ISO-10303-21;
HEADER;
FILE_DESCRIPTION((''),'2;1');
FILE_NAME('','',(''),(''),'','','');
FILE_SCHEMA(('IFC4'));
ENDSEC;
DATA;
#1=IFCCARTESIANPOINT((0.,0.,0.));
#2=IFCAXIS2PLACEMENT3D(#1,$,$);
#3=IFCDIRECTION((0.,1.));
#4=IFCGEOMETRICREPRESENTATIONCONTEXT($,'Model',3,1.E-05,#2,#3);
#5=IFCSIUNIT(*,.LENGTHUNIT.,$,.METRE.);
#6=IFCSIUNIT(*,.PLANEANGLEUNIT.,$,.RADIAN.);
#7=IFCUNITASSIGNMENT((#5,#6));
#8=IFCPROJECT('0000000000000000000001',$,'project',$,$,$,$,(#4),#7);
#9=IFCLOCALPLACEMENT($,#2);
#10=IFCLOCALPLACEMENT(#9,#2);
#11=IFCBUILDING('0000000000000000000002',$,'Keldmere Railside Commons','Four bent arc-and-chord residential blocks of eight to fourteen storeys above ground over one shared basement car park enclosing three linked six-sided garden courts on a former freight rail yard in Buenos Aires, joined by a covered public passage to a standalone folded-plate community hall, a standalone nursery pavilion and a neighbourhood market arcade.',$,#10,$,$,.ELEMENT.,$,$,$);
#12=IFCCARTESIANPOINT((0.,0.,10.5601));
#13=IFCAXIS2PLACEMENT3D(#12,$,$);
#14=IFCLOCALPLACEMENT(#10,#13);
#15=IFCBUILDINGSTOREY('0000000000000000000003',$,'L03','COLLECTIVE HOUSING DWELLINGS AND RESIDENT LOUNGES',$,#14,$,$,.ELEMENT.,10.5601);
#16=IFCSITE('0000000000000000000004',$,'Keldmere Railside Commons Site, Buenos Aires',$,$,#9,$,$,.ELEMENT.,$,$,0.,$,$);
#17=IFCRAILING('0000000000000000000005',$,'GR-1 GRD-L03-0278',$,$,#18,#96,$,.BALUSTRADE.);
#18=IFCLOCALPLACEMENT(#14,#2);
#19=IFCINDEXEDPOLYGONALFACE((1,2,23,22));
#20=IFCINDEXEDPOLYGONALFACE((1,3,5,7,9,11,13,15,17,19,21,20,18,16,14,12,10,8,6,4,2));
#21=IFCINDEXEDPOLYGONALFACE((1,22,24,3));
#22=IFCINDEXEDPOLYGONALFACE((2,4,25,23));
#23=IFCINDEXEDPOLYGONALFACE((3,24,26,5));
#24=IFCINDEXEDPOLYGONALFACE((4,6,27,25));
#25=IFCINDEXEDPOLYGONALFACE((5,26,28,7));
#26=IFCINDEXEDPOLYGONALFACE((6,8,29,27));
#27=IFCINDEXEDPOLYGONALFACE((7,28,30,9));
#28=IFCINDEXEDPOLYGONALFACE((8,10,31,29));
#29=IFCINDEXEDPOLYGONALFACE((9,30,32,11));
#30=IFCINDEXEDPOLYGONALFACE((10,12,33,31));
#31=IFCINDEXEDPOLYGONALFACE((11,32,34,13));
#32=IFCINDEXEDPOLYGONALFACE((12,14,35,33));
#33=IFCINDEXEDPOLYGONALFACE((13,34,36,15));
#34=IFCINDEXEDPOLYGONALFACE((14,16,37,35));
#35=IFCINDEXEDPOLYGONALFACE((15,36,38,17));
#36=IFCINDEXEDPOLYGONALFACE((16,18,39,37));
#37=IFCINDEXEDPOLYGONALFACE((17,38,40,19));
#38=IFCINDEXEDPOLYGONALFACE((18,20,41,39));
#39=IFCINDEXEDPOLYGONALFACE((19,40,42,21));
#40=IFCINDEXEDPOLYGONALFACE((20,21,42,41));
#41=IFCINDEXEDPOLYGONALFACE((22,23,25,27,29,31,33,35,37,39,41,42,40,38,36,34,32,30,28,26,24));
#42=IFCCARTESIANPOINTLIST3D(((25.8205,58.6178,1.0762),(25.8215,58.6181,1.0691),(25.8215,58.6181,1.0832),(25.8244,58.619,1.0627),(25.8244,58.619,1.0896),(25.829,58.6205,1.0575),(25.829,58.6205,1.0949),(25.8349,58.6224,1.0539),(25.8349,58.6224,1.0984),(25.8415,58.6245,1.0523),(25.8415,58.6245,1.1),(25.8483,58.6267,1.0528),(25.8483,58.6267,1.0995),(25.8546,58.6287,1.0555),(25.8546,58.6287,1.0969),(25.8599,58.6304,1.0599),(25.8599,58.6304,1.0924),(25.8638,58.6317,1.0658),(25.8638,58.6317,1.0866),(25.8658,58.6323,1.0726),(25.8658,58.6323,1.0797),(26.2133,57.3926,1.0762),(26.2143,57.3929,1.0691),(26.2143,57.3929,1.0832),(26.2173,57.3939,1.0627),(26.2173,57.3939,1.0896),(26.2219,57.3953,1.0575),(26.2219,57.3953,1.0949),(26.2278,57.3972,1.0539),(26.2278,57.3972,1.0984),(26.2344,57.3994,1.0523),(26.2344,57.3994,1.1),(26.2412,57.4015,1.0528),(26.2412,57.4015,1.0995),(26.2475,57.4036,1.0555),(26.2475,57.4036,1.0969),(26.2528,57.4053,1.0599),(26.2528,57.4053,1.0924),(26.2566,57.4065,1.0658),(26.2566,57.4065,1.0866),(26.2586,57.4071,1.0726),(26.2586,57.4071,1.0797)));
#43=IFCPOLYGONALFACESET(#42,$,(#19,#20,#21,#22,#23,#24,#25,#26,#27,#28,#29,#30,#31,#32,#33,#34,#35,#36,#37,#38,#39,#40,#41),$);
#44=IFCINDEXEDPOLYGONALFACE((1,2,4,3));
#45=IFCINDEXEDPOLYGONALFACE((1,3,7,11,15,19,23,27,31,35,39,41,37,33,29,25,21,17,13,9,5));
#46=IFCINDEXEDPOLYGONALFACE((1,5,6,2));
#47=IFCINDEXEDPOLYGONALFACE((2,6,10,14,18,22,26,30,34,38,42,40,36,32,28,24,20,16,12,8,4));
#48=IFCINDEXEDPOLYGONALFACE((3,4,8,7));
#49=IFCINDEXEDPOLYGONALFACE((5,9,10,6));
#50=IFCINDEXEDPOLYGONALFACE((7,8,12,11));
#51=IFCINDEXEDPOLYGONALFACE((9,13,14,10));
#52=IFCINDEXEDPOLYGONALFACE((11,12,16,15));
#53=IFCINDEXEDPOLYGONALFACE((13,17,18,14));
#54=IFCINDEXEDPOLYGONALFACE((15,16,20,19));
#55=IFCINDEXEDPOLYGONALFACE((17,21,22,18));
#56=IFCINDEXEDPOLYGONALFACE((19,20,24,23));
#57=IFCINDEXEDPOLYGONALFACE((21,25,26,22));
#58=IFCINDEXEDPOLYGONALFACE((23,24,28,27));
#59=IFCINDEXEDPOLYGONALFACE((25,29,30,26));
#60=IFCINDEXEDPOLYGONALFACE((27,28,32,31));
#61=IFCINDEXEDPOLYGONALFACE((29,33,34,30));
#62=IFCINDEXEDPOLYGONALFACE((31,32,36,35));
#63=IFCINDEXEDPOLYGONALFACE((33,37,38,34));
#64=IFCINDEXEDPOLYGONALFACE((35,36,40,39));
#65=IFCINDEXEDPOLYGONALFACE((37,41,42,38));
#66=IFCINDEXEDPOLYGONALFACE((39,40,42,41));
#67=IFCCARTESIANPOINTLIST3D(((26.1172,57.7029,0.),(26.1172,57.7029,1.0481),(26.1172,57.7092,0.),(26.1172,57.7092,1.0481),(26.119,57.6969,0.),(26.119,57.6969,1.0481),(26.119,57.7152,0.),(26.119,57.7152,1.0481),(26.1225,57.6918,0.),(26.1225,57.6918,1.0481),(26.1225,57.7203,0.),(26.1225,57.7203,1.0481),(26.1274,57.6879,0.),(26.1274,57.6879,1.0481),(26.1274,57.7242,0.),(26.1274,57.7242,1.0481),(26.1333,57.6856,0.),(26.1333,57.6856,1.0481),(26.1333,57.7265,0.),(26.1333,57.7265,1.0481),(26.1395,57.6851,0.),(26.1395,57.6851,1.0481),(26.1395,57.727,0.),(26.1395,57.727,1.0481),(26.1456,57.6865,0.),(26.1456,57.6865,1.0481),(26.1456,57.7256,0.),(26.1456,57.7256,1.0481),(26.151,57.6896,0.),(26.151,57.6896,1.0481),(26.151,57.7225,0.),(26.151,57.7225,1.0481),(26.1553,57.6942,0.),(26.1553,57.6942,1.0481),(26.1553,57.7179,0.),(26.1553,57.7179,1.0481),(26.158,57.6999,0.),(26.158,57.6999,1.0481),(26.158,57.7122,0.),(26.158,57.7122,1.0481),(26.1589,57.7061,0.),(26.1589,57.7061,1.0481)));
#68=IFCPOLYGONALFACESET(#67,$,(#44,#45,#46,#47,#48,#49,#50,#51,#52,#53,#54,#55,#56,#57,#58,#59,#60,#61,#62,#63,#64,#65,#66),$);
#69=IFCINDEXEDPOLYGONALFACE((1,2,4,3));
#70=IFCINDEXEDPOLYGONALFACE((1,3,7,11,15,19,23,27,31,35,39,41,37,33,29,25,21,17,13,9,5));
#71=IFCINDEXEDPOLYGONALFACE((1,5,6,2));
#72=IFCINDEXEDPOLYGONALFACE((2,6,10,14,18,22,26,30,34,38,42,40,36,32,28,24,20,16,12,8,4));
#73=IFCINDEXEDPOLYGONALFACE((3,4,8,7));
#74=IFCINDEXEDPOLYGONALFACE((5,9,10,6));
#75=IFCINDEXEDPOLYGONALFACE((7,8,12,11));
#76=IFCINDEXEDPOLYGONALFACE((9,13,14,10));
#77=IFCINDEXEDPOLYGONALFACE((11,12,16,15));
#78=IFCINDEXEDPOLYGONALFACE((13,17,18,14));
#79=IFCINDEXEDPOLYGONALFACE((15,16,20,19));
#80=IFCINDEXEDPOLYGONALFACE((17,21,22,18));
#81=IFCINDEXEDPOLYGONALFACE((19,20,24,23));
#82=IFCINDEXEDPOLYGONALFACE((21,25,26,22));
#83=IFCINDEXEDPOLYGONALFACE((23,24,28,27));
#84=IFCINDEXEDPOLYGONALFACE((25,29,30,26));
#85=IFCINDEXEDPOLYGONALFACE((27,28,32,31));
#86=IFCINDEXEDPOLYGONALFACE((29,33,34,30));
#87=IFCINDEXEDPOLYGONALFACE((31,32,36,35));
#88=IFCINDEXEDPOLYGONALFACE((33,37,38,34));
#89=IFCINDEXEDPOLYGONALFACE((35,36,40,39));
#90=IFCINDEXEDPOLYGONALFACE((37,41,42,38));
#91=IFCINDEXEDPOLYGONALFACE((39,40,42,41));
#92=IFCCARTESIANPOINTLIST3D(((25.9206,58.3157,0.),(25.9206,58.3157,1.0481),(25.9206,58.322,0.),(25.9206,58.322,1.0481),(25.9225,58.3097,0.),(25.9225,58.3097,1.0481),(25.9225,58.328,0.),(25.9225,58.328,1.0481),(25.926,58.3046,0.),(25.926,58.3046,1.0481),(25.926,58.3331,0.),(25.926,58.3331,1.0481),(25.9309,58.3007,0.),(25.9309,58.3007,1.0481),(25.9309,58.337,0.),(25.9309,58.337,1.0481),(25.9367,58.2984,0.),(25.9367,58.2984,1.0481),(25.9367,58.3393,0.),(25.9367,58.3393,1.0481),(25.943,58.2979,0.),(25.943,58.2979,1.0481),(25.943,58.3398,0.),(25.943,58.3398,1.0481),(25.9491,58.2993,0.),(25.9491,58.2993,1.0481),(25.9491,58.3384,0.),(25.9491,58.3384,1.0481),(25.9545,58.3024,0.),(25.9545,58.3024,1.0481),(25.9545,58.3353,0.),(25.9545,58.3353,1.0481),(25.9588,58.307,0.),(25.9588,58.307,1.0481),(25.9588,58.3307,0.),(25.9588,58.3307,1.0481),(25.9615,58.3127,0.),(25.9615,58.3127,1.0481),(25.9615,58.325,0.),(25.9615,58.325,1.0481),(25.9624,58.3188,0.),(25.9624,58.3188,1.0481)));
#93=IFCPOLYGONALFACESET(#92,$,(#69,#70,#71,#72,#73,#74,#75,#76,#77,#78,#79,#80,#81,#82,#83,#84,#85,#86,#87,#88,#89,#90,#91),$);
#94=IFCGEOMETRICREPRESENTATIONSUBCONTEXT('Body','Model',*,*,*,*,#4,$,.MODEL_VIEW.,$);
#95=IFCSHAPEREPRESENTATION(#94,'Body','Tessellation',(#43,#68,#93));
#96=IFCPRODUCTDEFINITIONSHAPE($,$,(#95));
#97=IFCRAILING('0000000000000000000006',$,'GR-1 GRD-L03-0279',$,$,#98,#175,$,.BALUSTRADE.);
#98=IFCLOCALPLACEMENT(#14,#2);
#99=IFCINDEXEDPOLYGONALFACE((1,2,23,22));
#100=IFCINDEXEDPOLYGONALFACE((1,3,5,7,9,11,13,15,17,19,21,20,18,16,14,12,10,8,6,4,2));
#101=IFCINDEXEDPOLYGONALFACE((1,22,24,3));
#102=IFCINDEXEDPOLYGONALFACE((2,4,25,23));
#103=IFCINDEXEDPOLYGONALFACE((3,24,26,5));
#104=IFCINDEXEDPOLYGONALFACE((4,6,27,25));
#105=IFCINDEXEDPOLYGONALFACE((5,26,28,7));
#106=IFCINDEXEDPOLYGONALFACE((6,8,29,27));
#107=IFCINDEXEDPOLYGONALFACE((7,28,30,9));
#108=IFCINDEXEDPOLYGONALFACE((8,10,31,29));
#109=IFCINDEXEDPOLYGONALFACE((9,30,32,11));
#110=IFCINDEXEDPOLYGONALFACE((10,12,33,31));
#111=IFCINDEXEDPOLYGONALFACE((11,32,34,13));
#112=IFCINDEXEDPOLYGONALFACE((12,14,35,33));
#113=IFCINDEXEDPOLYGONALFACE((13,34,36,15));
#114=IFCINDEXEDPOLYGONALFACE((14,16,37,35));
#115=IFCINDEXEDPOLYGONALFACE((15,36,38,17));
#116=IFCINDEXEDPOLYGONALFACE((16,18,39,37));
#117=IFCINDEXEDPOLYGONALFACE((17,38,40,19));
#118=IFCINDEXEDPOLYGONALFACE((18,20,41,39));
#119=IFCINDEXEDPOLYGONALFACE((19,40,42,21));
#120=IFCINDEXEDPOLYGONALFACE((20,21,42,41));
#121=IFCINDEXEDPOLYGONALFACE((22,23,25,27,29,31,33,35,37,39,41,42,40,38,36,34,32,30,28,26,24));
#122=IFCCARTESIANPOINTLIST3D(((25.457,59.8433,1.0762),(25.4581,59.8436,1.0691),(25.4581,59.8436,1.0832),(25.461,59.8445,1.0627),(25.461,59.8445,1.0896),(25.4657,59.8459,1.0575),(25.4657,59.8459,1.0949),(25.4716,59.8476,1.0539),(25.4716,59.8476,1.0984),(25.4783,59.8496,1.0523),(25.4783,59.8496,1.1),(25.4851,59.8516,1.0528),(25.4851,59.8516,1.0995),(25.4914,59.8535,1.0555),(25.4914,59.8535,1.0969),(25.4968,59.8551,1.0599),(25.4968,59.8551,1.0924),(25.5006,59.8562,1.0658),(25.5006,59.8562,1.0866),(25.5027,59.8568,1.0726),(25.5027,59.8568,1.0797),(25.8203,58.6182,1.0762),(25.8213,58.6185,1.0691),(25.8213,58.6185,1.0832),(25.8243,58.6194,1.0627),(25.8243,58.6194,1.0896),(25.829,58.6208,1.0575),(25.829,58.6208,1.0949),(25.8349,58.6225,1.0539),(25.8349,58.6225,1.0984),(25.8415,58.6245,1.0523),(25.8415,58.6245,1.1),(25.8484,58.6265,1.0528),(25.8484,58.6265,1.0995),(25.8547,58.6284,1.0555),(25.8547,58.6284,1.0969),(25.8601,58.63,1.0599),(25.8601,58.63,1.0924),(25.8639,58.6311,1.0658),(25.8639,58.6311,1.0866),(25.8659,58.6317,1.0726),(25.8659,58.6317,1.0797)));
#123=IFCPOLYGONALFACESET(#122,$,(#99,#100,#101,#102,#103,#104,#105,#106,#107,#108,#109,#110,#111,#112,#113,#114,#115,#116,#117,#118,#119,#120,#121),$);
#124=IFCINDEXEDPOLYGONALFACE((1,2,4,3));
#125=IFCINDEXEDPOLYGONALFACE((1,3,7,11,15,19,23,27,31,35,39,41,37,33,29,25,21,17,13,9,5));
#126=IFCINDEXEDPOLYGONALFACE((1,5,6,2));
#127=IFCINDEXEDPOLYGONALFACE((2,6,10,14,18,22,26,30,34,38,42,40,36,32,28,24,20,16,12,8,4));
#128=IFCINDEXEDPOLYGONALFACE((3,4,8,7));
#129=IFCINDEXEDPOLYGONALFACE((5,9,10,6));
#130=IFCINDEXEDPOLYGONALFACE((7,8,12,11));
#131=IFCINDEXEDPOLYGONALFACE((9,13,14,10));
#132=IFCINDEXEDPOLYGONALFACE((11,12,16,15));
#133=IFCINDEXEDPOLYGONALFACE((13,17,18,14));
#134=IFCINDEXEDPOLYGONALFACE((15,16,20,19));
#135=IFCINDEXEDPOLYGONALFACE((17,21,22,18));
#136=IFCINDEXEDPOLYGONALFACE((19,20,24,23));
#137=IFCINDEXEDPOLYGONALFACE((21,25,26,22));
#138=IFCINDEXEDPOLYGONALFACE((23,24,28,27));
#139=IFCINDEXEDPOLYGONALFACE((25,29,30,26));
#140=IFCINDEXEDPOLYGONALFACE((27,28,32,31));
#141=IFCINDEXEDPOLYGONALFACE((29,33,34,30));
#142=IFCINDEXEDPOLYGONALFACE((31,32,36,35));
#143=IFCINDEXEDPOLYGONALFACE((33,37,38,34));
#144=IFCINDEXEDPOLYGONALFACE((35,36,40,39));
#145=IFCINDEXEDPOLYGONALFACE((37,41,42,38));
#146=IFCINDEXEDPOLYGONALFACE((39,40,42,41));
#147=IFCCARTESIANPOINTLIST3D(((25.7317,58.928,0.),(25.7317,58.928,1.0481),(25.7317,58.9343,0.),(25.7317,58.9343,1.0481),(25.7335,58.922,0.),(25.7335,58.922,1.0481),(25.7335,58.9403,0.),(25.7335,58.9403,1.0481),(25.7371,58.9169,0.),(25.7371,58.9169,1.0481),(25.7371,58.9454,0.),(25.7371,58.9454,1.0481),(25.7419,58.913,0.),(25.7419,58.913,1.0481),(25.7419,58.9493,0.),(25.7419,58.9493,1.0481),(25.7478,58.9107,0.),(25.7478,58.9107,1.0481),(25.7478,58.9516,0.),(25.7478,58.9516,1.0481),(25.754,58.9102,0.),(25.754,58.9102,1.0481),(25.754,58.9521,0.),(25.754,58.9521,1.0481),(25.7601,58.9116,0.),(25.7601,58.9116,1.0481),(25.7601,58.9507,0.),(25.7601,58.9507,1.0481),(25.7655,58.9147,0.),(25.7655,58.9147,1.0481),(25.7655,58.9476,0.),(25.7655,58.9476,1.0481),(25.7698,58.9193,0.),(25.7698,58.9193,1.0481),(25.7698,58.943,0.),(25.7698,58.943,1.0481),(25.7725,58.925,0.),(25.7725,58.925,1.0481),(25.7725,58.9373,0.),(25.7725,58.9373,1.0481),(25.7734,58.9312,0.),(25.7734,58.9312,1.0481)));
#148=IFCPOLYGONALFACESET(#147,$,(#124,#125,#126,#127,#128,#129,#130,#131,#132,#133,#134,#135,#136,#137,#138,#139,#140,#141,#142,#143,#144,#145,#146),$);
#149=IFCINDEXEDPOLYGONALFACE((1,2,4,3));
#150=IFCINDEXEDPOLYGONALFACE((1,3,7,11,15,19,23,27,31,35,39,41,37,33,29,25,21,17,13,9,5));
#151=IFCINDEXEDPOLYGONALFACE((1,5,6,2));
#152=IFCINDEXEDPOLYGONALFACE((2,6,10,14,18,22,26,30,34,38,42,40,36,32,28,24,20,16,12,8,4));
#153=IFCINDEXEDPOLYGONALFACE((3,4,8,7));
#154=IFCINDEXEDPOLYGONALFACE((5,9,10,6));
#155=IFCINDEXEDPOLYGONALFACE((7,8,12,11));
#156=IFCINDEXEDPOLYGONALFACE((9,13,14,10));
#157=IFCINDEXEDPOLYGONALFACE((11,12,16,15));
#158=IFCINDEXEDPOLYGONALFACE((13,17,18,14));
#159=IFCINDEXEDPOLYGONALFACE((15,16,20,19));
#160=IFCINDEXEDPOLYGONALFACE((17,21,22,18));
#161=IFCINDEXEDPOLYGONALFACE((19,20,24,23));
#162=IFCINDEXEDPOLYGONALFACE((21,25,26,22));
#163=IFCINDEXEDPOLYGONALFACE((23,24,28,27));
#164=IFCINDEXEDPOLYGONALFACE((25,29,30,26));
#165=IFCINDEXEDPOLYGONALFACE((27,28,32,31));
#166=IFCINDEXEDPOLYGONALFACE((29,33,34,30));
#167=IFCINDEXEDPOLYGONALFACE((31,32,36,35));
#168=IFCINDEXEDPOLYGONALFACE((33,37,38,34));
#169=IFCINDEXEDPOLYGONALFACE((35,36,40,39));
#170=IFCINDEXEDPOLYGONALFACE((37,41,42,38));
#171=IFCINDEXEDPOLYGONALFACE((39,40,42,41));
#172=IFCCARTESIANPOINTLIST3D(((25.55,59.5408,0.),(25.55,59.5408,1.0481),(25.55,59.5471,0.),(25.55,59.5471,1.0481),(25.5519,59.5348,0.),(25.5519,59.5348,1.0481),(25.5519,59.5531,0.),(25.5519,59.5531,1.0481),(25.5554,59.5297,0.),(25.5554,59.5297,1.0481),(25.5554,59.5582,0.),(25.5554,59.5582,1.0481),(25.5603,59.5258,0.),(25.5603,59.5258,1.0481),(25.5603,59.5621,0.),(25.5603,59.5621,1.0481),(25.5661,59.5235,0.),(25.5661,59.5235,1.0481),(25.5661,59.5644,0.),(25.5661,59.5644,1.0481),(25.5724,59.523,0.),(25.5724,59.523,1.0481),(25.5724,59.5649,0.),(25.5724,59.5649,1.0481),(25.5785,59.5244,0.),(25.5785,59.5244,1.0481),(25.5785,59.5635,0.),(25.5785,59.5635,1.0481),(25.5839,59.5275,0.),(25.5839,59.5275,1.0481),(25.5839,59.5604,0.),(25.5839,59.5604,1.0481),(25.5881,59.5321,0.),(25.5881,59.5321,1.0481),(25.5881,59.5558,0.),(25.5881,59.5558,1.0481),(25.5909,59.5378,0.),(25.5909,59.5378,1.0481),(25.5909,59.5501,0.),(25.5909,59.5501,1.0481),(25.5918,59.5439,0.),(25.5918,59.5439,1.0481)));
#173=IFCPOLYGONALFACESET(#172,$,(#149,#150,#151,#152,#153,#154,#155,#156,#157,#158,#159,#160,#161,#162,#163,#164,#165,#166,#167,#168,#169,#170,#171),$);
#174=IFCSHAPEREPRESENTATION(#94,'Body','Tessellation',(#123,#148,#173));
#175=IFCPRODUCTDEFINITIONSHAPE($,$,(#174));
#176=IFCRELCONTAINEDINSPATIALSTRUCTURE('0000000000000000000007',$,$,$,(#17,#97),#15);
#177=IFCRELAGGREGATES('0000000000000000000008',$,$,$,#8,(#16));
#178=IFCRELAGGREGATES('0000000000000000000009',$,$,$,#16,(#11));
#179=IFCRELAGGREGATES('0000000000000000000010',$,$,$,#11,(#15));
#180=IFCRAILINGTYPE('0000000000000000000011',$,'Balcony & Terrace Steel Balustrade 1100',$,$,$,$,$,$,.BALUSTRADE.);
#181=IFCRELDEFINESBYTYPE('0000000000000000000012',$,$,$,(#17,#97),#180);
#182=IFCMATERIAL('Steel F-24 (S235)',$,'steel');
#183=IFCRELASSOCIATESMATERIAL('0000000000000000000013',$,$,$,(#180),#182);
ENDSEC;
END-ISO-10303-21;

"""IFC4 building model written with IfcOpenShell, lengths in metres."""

from ifc_helpers import new_model, si_unit, direction, frame, origin, origin_2d, place, context, subcontext, project, spatial, circle, extrude, material, type_object, element, save


model = new_model("IFC4")

# Units and contexts
model_context = context("Model", 3, precision=1e-05, world=origin(), true_north=direction((0.0, 1.0)))
body_context = subcontext(model_context, "Body", "Model", "MODEL_VIEW")
ifc_project = project(units=[si_unit("LENGTHUNIT", "METRE"), si_unit("PLANEANGLEUNIT", "RADIAN")], contexts=[model_context])

# Site, building, storey
site_placement = place(None, origin())
site = spatial("IfcSite", under=ifc_project, at=site_placement, Name="Keldmere Railside Commons Site, Buenos Aires", CompositionType="ELEMENT", RefElevation=0.0)
building_placement = place(site_placement, origin())
building = spatial("IfcBuilding", under=site, at=building_placement, Name="Keldmere Railside Commons", Description="Four bent arc-and-chord residential blocks of eight to fourteen storeys above ground over one shared basement car park enclosing three linked six-sided garden courts on a former freight rail yard in Buenos Aires, joined by a covered public passage to a standalone folded-plate community hall, a standalone nursery pavilion and a neighbourhood market arcade.", CompositionType="ELEMENT")
storey_placement = place(building_placement, frame((0.0, 0.0, 10.5601)))
storey = spatial("IfcBuildingStorey", under=building, at=storey_placement, Name="L03", Description="COLLECTIVE HOUSING DWELLINGS AND RESIDENT LOUNGES", CompositionType="ELEMENT", Elevation=10.5601)

# Railings
ifc_material_1 = material(Name="Steel F-24 (S235)", Category="steel")
railing_type_1 = type_object("IfcRailingType", Name="Balcony & Terrace Steel Balustrade 1100", PredefinedType="BALUSTRADE", material=ifc_material_1)
railing_1_placement = place(storey_placement, frame((26.2361, 57.3999, 0.0)))
element("IfcRailing", 1, at=railing_1_placement, inside=storey, type_object=railing_type_1, Name="GR-1 GRD-L03-0278", PredefinedType="BALUSTRADE", context=body_context, shape_type="SweptSolid", body=[
    extrude(circle(Radius=0.0239, at=origin_2d()), frame((0.0, 0.0, 1.0762), z_axis=(-0.305333, 0.952246, 0.0), x_axis=(-0.952246, -0.305333, 0.0)), (0.0, 0.0, 1.0), 1.2866),
    extrude(circle(Radius=0.021, at=origin_2d()), frame((-0.0981, 0.3062, 0.0)), (0.0, 0.0, 1.0), 1.0481),
    extrude(circle(Radius=0.021, at=origin_2d()), frame((-0.2947, 0.9189, 0.0)), (0.0, 0.0, 1.0), 1.0481),
])
railing_2_placement = place(storey_placement, frame((25.8433, 58.625, 0.0)))
element("IfcRailing", 2, at=railing_2_placement, inside=storey, type_object=railing_type_1, Name="GR-1 GRD-L03-0279", PredefinedType="BALUSTRADE", context=body_context, shape_type="SweptSolid", body=[
    extrude(circle(Radius=0.0239, at=origin_2d()), frame((0.0, 0.0, 1.0762), z_axis=(-0.284296, 0.958736, 0.0), x_axis=(-0.958736, -0.284296, 0.0)), (0.0, 0.0, 1.0), 1.2778),
    extrude(circle(Radius=0.021, at=origin_2d()), frame((-0.0908, 0.3062, 0.0)), (0.0, 0.0, 1.0), 1.0481),
    extrude(circle(Radius=0.021, at=origin_2d()), frame((-0.2725, 0.9189, 0.0)), (0.0, 0.0, 1.0), 1.0481),
])

save(model, "model.ifc")
